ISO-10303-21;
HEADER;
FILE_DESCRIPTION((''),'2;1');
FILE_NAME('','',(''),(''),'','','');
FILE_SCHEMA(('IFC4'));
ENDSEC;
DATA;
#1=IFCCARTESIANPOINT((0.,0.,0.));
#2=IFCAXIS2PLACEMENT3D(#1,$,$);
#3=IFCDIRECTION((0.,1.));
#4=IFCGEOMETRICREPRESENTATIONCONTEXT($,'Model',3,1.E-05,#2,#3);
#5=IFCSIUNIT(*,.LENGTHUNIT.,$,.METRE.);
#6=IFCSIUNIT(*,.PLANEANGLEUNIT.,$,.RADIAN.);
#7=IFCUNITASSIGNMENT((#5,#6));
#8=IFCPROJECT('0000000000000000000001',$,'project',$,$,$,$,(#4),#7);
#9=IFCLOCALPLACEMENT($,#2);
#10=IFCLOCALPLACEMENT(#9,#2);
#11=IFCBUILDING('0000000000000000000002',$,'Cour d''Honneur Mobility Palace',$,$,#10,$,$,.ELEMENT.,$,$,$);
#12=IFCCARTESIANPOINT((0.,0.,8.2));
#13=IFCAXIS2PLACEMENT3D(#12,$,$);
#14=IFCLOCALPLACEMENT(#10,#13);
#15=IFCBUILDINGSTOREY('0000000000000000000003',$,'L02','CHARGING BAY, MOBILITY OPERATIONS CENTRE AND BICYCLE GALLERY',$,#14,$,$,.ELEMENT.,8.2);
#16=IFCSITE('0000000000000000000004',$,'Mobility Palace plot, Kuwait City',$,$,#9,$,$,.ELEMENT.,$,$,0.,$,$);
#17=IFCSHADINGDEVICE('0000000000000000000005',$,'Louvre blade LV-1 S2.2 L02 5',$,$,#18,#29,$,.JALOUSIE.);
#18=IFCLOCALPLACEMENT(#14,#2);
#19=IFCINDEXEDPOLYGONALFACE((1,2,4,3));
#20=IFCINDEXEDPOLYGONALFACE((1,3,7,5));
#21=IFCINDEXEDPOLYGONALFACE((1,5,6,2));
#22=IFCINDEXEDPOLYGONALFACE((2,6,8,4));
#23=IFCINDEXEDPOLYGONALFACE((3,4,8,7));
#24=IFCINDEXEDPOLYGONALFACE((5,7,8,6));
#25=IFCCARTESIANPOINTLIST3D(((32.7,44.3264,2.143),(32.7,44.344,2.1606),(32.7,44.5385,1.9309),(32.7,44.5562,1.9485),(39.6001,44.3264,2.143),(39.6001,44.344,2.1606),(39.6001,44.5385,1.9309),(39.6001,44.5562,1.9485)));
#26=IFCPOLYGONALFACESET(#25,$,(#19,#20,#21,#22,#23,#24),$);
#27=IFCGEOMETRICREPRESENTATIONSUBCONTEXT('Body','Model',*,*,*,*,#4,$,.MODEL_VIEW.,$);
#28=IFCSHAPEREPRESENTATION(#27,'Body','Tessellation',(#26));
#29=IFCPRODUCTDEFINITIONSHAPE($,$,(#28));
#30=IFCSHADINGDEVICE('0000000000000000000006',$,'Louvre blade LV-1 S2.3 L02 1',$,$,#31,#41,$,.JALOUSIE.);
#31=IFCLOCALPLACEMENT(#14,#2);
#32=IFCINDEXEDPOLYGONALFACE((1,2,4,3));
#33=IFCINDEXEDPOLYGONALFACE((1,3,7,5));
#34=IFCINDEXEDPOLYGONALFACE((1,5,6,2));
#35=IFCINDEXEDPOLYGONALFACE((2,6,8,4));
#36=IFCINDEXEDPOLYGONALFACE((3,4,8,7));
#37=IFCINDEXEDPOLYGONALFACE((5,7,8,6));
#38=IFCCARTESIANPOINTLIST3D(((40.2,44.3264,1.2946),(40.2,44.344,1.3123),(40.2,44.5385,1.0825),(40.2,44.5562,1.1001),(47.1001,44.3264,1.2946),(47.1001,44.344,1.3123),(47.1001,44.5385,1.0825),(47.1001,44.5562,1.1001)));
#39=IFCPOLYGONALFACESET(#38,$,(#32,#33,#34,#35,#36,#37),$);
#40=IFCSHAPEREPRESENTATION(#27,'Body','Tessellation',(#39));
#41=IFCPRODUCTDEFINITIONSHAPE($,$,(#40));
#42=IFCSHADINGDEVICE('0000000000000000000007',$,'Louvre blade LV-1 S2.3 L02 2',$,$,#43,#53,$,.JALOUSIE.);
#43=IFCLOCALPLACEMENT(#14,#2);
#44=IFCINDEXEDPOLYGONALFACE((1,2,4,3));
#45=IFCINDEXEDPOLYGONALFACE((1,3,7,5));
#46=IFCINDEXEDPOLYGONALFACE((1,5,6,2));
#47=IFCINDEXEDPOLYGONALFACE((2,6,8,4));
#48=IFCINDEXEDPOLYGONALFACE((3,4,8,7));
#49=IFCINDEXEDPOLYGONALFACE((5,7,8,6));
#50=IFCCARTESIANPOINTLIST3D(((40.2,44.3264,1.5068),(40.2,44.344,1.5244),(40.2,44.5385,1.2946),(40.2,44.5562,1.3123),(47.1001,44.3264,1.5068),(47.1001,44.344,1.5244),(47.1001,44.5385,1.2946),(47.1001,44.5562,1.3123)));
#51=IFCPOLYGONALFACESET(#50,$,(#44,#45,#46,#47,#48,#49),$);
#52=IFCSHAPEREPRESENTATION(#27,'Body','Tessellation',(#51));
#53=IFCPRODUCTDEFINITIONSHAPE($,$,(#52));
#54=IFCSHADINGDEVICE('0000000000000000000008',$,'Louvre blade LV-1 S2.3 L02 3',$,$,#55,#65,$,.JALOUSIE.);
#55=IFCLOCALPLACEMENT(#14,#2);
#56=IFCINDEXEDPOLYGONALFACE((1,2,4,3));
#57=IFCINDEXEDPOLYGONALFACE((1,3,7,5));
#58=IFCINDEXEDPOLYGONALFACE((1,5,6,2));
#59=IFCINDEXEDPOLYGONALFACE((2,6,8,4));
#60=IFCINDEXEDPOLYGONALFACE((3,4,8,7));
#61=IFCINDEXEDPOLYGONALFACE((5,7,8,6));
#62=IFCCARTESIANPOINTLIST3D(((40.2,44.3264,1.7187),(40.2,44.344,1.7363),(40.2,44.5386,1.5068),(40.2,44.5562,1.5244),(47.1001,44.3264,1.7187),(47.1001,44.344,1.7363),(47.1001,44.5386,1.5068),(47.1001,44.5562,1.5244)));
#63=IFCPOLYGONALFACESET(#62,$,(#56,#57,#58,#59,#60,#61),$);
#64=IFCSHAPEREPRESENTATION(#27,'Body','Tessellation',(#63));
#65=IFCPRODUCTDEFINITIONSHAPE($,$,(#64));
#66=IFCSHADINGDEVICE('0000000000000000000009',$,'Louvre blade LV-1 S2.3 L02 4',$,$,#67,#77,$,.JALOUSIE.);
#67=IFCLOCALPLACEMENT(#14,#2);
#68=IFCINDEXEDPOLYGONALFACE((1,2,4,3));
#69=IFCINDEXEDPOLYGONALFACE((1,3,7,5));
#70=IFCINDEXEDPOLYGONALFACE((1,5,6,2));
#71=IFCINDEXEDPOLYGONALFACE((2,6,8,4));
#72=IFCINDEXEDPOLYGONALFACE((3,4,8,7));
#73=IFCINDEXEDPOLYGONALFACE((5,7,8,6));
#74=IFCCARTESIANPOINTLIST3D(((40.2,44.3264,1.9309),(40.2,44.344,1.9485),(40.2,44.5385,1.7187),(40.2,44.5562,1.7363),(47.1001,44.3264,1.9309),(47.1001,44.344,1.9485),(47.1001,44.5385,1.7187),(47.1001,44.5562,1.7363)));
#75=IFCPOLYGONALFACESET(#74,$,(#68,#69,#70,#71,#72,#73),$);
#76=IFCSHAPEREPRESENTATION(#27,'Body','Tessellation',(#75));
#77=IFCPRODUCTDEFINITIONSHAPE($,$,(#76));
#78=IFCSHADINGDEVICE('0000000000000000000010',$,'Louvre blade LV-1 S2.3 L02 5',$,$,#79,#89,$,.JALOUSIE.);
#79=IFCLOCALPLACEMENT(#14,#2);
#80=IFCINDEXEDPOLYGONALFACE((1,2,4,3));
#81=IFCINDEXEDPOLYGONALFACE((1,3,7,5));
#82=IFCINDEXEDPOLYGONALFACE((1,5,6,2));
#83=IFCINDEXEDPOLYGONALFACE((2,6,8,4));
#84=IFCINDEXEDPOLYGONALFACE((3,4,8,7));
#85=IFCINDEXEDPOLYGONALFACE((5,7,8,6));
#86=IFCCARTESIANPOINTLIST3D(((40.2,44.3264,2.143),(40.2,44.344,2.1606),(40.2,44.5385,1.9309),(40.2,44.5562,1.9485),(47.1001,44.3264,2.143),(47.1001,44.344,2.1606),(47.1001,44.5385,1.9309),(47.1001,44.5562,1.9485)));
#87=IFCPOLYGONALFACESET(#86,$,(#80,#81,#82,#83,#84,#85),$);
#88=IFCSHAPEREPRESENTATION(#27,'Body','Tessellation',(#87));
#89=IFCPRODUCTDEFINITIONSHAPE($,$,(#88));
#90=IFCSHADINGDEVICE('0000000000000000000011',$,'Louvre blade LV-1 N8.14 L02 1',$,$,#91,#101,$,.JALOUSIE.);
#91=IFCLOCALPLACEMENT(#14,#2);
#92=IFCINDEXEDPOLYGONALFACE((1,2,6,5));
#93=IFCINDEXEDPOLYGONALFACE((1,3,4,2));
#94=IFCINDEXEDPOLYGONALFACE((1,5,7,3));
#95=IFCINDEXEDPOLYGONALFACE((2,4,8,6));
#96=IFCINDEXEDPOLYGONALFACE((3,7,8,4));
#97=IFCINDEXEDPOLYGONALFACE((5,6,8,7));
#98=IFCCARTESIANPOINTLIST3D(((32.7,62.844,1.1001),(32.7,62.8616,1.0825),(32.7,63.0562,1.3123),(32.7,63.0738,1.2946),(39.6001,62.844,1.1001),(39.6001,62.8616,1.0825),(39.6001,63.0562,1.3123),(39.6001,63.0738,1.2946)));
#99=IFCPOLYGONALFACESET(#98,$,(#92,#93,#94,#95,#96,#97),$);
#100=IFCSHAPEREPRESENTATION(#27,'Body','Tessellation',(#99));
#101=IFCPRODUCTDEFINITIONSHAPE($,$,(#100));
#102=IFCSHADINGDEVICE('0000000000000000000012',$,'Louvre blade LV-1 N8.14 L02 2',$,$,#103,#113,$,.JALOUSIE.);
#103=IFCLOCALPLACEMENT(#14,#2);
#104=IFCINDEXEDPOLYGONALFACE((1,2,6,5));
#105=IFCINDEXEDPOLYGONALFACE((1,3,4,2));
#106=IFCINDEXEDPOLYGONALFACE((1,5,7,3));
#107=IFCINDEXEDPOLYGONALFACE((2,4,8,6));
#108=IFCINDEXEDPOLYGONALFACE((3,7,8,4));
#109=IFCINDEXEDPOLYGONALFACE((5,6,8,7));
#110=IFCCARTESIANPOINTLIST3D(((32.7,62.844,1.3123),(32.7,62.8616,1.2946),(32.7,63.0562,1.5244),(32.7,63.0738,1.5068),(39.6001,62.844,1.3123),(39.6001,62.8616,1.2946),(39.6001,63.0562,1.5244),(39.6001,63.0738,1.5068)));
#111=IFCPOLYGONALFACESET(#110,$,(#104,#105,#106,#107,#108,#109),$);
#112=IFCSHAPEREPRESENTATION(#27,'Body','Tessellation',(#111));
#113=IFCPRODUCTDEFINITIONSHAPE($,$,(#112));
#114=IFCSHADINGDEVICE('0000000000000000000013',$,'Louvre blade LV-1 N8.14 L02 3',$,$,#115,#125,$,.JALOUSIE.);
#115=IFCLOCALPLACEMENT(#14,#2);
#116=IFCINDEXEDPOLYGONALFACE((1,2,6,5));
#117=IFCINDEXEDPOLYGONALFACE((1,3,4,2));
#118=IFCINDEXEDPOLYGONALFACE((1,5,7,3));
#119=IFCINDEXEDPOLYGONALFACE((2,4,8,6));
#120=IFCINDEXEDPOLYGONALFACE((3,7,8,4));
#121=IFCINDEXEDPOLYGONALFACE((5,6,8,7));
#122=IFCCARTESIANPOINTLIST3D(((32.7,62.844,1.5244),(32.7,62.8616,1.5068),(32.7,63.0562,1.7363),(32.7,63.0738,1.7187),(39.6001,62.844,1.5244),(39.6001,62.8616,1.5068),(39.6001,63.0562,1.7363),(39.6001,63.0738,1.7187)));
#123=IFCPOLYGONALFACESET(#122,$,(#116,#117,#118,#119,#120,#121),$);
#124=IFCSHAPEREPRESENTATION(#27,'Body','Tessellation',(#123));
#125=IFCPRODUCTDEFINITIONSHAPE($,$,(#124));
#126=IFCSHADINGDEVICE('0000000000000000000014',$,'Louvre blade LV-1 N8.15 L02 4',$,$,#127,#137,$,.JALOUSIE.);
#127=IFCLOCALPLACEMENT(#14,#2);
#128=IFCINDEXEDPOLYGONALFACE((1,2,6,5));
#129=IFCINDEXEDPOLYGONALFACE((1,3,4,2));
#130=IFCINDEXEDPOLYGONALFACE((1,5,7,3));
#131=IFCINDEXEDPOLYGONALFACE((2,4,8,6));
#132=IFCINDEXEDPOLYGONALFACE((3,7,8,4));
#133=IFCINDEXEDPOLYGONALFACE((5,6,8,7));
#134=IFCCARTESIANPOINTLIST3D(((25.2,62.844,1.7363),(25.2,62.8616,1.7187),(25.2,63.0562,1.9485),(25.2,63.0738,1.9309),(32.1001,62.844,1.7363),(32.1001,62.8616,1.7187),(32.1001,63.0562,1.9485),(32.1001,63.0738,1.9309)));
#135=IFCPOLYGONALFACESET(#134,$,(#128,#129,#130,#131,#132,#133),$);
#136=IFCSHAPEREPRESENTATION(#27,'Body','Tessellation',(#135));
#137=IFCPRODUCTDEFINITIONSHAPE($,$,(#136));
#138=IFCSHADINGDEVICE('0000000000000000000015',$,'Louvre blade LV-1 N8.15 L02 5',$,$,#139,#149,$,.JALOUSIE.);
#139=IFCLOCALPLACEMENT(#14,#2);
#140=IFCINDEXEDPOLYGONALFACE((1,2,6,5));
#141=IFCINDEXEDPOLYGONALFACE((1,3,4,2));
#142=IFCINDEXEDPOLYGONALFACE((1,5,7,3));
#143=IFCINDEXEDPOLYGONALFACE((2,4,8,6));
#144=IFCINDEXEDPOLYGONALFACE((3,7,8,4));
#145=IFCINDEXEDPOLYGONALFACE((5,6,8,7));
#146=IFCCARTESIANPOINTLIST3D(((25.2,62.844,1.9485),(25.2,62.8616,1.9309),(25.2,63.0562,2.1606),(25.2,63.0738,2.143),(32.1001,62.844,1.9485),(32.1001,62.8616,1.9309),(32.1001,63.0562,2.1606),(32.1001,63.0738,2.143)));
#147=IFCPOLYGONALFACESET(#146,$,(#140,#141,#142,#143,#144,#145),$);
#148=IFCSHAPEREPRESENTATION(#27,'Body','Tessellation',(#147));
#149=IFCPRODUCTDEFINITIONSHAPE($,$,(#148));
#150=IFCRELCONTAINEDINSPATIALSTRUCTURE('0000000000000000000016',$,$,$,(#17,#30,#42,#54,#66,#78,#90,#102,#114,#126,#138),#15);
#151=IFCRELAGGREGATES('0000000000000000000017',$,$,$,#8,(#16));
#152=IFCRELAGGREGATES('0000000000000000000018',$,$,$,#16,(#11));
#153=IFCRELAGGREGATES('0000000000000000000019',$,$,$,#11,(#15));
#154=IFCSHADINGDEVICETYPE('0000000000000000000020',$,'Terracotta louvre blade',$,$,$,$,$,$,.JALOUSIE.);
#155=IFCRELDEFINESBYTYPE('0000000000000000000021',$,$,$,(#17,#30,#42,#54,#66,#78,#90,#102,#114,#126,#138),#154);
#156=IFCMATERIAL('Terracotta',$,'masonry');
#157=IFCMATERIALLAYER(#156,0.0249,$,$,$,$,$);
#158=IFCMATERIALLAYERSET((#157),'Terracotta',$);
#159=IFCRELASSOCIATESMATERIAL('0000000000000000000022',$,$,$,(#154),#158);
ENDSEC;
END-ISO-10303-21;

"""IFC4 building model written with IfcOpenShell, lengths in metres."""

from ifc_helpers import new_model, si_unit, direction, frame, origin, place, context, subcontext, project, spatial, polyline, outline, extrude, material, layer, layer_set, type_object, element, save


model = new_model("IFC4")

# Units and contexts
model_context = context("Model", 3, precision=1e-05, world=origin(), true_north=direction((0.0, 1.0)))
body_context = subcontext(model_context, "Body", "Model", "MODEL_VIEW")
ifc_project = project(units=[si_unit("LENGTHUNIT", "METRE"), si_unit("PLANEANGLEUNIT", "RADIAN")], contexts=[model_context])

# Site, building, storey
site_placement = place(None, origin())
site = spatial("IfcSite", under=ifc_project, at=site_placement, Name="Mobility Palace plot, Kuwait City", CompositionType="ELEMENT", RefElevation=0.0)
building_placement = place(site_placement, origin())
building = spatial("IfcBuilding", under=site, at=building_placement, Name="Cour d'Honneur Mobility Palace", CompositionType="ELEMENT")
storey_placement = place(building_placement, frame((0.0, 0.0, 8.2)))
storey = spatial("IfcBuildingStorey", under=building, at=storey_placement, Name="L02", Description="CHARGING BAY, MOBILITY OPERATIONS CENTRE AND BICYCLE GALLERY", CompositionType="ELEMENT", Elevation=8.2)

# Shading devices
ifc_material_1 = material(Name="Terracotta", Category="masonry")
ifc_layer_1 = layer(ifc_material_1, 0.0249)
ifc_layer_set_1 = layer_set([ifc_layer_1], Name="Terracotta")
shading_device_type = type_object("IfcShadingDeviceType", Name="Terracotta louvre blade", PredefinedType="JALOUSIE", material=ifc_layer_set_1)
for number, where, z_axis, x_axis, name in (
    (1, (32.7, 44.5562, 1.9485), (0.0, 0.707107, 0.707107), (1.0, 0.0, 0.0), "Louvre blade LV-1 S2.2 L02 5"),
    (2, (40.2, 44.5562, 1.1001), (0.0, 0.707107, 0.707107), (1.0, 0.0, 0.0), "Louvre blade LV-1 S2.3 L02 1"),
    (3, (40.2, 44.5562, 1.3123), (0.0, 0.707107, 0.707107), (1.0, 0.0, 0.0), "Louvre blade LV-1 S2.3 L02 2"),
):
    element("IfcShadingDevice", number, at=place(storey_placement, frame(where, z_axis=z_axis, x_axis=x_axis)), inside=storey, type_object=shading_device_type, Name=name, PredefinedType="JALOUSIE", context=body_context, shape_type="SweptSolid", body=[
        extrude(outline(polyline([(0.0, 0.0), (6.9001, 0.0), (6.9001, -0.3), (0.0, -0.3), (0.0, 0.0)])), origin(), (0.0, 0.0, -1.0), 0.0249),
    ])
shading_device_1_placement = place(storey_placement, frame((40.2, 44.5562, 1.5244), z_axis=(0.0, 0.7067, 0.707514), x_axis=(1.0, 0.0, 0.0)))
element("IfcShadingDevice", 4, at=shading_device_1_placement, inside=storey, type_object=shading_device_type, Name="Louvre blade LV-1 S2.3 L02 3", PredefinedType="JALOUSIE", context=body_context, shape_type="SweptSolid", body=[
    extrude(outline(polyline([(0.0, 0.0), (6.9001, 0.0), (6.9001, -0.2999), (0.0, -0.2999), (0.0, 0.0)])), origin(), (0.0, 0.0, -1.0), 0.0249),
])
for number, where, z_axis, x_axis, name in (
    (5, (40.2, 44.5562, 1.7363), (0.0, 0.707107, 0.707107), (1.0, 0.0, 0.0), "Louvre blade LV-1 S2.3 L02 4"),
    (6, (40.2, 44.5562, 1.9485), (0.0, 0.707107, 0.707107), (1.0, 0.0, 0.0), "Louvre blade LV-1 S2.3 L02 5"),
    (7, (39.6001, 62.844, 1.1001), (0.0, -0.707107, 0.707107), (-1.0, 0.0, 0.0), "Louvre blade LV-1 N8.14 L02 1"),
    (8, (39.6001, 62.844, 1.3123), (0.0, -0.707107, 0.707107), (-1.0, 0.0, 0.0), "Louvre blade LV-1 N8.14 L02 2"),
):
    element("IfcShadingDevice", number, at=place(storey_placement, frame(where, z_axis=z_axis, x_axis=x_axis)), inside=storey, type_object=shading_device_type, Name=name, PredefinedType="JALOUSIE", context=body_context, shape_type="SweptSolid", body=[
        extrude(outline(polyline([(0.0, 0.0), (6.9001, 0.0), (6.9001, -0.3), (0.0, -0.3), (0.0, 0.0)])), origin(), (0.0, 0.0, -1.0), 0.0249),
    ])
shading_device_2_placement = place(storey_placement, frame((39.6001, 62.844, 1.5244), z_axis=(0.0, -0.7067, 0.707514), x_axis=(-1.0, 0.0, 0.0)))
element("IfcShadingDevice", 9, at=shading_device_2_placement, inside=storey, type_object=shading_device_type, Name="Louvre blade LV-1 N8.14 L02 3", PredefinedType="JALOUSIE", context=body_context, shape_type="SweptSolid", body=[
    extrude(outline(polyline([(0.0, 0.0), (6.9001, 0.0), (6.9001, -0.2999), (0.0, -0.2999), (0.0, 0.0)])), origin(), (0.0, 0.0, -1.0), 0.0249),
])
for number, where, z_axis, x_axis, name in (
    (10, (32.1001, 62.844, 1.7363), (0.0, -0.707107, 0.707107), (-1.0, 0.0, 0.0), "Louvre blade LV-1 N8.15 L02 4"),
    (11, (32.1001, 62.844, 1.9485), (0.0, -0.707107, 0.707107), (-1.0, 0.0, 0.0), "Louvre blade LV-1 N8.15 L02 5"),
):
    element("IfcShadingDevice", number, at=place(storey_placement, frame(where, z_axis=z_axis, x_axis=x_axis)), inside=storey, type_object=shading_device_type, Name=name, PredefinedType="JALOUSIE", context=body_context, shape_type="SweptSolid", body=[
        extrude(outline(polyline([(0.0, 0.0), (6.9001, 0.0), (6.9001, -0.3), (0.0, -0.3), (0.0, 0.0)])), origin(), (0.0, 0.0, -1.0), 0.0249),
    ])

save(model, "model.ifc")
